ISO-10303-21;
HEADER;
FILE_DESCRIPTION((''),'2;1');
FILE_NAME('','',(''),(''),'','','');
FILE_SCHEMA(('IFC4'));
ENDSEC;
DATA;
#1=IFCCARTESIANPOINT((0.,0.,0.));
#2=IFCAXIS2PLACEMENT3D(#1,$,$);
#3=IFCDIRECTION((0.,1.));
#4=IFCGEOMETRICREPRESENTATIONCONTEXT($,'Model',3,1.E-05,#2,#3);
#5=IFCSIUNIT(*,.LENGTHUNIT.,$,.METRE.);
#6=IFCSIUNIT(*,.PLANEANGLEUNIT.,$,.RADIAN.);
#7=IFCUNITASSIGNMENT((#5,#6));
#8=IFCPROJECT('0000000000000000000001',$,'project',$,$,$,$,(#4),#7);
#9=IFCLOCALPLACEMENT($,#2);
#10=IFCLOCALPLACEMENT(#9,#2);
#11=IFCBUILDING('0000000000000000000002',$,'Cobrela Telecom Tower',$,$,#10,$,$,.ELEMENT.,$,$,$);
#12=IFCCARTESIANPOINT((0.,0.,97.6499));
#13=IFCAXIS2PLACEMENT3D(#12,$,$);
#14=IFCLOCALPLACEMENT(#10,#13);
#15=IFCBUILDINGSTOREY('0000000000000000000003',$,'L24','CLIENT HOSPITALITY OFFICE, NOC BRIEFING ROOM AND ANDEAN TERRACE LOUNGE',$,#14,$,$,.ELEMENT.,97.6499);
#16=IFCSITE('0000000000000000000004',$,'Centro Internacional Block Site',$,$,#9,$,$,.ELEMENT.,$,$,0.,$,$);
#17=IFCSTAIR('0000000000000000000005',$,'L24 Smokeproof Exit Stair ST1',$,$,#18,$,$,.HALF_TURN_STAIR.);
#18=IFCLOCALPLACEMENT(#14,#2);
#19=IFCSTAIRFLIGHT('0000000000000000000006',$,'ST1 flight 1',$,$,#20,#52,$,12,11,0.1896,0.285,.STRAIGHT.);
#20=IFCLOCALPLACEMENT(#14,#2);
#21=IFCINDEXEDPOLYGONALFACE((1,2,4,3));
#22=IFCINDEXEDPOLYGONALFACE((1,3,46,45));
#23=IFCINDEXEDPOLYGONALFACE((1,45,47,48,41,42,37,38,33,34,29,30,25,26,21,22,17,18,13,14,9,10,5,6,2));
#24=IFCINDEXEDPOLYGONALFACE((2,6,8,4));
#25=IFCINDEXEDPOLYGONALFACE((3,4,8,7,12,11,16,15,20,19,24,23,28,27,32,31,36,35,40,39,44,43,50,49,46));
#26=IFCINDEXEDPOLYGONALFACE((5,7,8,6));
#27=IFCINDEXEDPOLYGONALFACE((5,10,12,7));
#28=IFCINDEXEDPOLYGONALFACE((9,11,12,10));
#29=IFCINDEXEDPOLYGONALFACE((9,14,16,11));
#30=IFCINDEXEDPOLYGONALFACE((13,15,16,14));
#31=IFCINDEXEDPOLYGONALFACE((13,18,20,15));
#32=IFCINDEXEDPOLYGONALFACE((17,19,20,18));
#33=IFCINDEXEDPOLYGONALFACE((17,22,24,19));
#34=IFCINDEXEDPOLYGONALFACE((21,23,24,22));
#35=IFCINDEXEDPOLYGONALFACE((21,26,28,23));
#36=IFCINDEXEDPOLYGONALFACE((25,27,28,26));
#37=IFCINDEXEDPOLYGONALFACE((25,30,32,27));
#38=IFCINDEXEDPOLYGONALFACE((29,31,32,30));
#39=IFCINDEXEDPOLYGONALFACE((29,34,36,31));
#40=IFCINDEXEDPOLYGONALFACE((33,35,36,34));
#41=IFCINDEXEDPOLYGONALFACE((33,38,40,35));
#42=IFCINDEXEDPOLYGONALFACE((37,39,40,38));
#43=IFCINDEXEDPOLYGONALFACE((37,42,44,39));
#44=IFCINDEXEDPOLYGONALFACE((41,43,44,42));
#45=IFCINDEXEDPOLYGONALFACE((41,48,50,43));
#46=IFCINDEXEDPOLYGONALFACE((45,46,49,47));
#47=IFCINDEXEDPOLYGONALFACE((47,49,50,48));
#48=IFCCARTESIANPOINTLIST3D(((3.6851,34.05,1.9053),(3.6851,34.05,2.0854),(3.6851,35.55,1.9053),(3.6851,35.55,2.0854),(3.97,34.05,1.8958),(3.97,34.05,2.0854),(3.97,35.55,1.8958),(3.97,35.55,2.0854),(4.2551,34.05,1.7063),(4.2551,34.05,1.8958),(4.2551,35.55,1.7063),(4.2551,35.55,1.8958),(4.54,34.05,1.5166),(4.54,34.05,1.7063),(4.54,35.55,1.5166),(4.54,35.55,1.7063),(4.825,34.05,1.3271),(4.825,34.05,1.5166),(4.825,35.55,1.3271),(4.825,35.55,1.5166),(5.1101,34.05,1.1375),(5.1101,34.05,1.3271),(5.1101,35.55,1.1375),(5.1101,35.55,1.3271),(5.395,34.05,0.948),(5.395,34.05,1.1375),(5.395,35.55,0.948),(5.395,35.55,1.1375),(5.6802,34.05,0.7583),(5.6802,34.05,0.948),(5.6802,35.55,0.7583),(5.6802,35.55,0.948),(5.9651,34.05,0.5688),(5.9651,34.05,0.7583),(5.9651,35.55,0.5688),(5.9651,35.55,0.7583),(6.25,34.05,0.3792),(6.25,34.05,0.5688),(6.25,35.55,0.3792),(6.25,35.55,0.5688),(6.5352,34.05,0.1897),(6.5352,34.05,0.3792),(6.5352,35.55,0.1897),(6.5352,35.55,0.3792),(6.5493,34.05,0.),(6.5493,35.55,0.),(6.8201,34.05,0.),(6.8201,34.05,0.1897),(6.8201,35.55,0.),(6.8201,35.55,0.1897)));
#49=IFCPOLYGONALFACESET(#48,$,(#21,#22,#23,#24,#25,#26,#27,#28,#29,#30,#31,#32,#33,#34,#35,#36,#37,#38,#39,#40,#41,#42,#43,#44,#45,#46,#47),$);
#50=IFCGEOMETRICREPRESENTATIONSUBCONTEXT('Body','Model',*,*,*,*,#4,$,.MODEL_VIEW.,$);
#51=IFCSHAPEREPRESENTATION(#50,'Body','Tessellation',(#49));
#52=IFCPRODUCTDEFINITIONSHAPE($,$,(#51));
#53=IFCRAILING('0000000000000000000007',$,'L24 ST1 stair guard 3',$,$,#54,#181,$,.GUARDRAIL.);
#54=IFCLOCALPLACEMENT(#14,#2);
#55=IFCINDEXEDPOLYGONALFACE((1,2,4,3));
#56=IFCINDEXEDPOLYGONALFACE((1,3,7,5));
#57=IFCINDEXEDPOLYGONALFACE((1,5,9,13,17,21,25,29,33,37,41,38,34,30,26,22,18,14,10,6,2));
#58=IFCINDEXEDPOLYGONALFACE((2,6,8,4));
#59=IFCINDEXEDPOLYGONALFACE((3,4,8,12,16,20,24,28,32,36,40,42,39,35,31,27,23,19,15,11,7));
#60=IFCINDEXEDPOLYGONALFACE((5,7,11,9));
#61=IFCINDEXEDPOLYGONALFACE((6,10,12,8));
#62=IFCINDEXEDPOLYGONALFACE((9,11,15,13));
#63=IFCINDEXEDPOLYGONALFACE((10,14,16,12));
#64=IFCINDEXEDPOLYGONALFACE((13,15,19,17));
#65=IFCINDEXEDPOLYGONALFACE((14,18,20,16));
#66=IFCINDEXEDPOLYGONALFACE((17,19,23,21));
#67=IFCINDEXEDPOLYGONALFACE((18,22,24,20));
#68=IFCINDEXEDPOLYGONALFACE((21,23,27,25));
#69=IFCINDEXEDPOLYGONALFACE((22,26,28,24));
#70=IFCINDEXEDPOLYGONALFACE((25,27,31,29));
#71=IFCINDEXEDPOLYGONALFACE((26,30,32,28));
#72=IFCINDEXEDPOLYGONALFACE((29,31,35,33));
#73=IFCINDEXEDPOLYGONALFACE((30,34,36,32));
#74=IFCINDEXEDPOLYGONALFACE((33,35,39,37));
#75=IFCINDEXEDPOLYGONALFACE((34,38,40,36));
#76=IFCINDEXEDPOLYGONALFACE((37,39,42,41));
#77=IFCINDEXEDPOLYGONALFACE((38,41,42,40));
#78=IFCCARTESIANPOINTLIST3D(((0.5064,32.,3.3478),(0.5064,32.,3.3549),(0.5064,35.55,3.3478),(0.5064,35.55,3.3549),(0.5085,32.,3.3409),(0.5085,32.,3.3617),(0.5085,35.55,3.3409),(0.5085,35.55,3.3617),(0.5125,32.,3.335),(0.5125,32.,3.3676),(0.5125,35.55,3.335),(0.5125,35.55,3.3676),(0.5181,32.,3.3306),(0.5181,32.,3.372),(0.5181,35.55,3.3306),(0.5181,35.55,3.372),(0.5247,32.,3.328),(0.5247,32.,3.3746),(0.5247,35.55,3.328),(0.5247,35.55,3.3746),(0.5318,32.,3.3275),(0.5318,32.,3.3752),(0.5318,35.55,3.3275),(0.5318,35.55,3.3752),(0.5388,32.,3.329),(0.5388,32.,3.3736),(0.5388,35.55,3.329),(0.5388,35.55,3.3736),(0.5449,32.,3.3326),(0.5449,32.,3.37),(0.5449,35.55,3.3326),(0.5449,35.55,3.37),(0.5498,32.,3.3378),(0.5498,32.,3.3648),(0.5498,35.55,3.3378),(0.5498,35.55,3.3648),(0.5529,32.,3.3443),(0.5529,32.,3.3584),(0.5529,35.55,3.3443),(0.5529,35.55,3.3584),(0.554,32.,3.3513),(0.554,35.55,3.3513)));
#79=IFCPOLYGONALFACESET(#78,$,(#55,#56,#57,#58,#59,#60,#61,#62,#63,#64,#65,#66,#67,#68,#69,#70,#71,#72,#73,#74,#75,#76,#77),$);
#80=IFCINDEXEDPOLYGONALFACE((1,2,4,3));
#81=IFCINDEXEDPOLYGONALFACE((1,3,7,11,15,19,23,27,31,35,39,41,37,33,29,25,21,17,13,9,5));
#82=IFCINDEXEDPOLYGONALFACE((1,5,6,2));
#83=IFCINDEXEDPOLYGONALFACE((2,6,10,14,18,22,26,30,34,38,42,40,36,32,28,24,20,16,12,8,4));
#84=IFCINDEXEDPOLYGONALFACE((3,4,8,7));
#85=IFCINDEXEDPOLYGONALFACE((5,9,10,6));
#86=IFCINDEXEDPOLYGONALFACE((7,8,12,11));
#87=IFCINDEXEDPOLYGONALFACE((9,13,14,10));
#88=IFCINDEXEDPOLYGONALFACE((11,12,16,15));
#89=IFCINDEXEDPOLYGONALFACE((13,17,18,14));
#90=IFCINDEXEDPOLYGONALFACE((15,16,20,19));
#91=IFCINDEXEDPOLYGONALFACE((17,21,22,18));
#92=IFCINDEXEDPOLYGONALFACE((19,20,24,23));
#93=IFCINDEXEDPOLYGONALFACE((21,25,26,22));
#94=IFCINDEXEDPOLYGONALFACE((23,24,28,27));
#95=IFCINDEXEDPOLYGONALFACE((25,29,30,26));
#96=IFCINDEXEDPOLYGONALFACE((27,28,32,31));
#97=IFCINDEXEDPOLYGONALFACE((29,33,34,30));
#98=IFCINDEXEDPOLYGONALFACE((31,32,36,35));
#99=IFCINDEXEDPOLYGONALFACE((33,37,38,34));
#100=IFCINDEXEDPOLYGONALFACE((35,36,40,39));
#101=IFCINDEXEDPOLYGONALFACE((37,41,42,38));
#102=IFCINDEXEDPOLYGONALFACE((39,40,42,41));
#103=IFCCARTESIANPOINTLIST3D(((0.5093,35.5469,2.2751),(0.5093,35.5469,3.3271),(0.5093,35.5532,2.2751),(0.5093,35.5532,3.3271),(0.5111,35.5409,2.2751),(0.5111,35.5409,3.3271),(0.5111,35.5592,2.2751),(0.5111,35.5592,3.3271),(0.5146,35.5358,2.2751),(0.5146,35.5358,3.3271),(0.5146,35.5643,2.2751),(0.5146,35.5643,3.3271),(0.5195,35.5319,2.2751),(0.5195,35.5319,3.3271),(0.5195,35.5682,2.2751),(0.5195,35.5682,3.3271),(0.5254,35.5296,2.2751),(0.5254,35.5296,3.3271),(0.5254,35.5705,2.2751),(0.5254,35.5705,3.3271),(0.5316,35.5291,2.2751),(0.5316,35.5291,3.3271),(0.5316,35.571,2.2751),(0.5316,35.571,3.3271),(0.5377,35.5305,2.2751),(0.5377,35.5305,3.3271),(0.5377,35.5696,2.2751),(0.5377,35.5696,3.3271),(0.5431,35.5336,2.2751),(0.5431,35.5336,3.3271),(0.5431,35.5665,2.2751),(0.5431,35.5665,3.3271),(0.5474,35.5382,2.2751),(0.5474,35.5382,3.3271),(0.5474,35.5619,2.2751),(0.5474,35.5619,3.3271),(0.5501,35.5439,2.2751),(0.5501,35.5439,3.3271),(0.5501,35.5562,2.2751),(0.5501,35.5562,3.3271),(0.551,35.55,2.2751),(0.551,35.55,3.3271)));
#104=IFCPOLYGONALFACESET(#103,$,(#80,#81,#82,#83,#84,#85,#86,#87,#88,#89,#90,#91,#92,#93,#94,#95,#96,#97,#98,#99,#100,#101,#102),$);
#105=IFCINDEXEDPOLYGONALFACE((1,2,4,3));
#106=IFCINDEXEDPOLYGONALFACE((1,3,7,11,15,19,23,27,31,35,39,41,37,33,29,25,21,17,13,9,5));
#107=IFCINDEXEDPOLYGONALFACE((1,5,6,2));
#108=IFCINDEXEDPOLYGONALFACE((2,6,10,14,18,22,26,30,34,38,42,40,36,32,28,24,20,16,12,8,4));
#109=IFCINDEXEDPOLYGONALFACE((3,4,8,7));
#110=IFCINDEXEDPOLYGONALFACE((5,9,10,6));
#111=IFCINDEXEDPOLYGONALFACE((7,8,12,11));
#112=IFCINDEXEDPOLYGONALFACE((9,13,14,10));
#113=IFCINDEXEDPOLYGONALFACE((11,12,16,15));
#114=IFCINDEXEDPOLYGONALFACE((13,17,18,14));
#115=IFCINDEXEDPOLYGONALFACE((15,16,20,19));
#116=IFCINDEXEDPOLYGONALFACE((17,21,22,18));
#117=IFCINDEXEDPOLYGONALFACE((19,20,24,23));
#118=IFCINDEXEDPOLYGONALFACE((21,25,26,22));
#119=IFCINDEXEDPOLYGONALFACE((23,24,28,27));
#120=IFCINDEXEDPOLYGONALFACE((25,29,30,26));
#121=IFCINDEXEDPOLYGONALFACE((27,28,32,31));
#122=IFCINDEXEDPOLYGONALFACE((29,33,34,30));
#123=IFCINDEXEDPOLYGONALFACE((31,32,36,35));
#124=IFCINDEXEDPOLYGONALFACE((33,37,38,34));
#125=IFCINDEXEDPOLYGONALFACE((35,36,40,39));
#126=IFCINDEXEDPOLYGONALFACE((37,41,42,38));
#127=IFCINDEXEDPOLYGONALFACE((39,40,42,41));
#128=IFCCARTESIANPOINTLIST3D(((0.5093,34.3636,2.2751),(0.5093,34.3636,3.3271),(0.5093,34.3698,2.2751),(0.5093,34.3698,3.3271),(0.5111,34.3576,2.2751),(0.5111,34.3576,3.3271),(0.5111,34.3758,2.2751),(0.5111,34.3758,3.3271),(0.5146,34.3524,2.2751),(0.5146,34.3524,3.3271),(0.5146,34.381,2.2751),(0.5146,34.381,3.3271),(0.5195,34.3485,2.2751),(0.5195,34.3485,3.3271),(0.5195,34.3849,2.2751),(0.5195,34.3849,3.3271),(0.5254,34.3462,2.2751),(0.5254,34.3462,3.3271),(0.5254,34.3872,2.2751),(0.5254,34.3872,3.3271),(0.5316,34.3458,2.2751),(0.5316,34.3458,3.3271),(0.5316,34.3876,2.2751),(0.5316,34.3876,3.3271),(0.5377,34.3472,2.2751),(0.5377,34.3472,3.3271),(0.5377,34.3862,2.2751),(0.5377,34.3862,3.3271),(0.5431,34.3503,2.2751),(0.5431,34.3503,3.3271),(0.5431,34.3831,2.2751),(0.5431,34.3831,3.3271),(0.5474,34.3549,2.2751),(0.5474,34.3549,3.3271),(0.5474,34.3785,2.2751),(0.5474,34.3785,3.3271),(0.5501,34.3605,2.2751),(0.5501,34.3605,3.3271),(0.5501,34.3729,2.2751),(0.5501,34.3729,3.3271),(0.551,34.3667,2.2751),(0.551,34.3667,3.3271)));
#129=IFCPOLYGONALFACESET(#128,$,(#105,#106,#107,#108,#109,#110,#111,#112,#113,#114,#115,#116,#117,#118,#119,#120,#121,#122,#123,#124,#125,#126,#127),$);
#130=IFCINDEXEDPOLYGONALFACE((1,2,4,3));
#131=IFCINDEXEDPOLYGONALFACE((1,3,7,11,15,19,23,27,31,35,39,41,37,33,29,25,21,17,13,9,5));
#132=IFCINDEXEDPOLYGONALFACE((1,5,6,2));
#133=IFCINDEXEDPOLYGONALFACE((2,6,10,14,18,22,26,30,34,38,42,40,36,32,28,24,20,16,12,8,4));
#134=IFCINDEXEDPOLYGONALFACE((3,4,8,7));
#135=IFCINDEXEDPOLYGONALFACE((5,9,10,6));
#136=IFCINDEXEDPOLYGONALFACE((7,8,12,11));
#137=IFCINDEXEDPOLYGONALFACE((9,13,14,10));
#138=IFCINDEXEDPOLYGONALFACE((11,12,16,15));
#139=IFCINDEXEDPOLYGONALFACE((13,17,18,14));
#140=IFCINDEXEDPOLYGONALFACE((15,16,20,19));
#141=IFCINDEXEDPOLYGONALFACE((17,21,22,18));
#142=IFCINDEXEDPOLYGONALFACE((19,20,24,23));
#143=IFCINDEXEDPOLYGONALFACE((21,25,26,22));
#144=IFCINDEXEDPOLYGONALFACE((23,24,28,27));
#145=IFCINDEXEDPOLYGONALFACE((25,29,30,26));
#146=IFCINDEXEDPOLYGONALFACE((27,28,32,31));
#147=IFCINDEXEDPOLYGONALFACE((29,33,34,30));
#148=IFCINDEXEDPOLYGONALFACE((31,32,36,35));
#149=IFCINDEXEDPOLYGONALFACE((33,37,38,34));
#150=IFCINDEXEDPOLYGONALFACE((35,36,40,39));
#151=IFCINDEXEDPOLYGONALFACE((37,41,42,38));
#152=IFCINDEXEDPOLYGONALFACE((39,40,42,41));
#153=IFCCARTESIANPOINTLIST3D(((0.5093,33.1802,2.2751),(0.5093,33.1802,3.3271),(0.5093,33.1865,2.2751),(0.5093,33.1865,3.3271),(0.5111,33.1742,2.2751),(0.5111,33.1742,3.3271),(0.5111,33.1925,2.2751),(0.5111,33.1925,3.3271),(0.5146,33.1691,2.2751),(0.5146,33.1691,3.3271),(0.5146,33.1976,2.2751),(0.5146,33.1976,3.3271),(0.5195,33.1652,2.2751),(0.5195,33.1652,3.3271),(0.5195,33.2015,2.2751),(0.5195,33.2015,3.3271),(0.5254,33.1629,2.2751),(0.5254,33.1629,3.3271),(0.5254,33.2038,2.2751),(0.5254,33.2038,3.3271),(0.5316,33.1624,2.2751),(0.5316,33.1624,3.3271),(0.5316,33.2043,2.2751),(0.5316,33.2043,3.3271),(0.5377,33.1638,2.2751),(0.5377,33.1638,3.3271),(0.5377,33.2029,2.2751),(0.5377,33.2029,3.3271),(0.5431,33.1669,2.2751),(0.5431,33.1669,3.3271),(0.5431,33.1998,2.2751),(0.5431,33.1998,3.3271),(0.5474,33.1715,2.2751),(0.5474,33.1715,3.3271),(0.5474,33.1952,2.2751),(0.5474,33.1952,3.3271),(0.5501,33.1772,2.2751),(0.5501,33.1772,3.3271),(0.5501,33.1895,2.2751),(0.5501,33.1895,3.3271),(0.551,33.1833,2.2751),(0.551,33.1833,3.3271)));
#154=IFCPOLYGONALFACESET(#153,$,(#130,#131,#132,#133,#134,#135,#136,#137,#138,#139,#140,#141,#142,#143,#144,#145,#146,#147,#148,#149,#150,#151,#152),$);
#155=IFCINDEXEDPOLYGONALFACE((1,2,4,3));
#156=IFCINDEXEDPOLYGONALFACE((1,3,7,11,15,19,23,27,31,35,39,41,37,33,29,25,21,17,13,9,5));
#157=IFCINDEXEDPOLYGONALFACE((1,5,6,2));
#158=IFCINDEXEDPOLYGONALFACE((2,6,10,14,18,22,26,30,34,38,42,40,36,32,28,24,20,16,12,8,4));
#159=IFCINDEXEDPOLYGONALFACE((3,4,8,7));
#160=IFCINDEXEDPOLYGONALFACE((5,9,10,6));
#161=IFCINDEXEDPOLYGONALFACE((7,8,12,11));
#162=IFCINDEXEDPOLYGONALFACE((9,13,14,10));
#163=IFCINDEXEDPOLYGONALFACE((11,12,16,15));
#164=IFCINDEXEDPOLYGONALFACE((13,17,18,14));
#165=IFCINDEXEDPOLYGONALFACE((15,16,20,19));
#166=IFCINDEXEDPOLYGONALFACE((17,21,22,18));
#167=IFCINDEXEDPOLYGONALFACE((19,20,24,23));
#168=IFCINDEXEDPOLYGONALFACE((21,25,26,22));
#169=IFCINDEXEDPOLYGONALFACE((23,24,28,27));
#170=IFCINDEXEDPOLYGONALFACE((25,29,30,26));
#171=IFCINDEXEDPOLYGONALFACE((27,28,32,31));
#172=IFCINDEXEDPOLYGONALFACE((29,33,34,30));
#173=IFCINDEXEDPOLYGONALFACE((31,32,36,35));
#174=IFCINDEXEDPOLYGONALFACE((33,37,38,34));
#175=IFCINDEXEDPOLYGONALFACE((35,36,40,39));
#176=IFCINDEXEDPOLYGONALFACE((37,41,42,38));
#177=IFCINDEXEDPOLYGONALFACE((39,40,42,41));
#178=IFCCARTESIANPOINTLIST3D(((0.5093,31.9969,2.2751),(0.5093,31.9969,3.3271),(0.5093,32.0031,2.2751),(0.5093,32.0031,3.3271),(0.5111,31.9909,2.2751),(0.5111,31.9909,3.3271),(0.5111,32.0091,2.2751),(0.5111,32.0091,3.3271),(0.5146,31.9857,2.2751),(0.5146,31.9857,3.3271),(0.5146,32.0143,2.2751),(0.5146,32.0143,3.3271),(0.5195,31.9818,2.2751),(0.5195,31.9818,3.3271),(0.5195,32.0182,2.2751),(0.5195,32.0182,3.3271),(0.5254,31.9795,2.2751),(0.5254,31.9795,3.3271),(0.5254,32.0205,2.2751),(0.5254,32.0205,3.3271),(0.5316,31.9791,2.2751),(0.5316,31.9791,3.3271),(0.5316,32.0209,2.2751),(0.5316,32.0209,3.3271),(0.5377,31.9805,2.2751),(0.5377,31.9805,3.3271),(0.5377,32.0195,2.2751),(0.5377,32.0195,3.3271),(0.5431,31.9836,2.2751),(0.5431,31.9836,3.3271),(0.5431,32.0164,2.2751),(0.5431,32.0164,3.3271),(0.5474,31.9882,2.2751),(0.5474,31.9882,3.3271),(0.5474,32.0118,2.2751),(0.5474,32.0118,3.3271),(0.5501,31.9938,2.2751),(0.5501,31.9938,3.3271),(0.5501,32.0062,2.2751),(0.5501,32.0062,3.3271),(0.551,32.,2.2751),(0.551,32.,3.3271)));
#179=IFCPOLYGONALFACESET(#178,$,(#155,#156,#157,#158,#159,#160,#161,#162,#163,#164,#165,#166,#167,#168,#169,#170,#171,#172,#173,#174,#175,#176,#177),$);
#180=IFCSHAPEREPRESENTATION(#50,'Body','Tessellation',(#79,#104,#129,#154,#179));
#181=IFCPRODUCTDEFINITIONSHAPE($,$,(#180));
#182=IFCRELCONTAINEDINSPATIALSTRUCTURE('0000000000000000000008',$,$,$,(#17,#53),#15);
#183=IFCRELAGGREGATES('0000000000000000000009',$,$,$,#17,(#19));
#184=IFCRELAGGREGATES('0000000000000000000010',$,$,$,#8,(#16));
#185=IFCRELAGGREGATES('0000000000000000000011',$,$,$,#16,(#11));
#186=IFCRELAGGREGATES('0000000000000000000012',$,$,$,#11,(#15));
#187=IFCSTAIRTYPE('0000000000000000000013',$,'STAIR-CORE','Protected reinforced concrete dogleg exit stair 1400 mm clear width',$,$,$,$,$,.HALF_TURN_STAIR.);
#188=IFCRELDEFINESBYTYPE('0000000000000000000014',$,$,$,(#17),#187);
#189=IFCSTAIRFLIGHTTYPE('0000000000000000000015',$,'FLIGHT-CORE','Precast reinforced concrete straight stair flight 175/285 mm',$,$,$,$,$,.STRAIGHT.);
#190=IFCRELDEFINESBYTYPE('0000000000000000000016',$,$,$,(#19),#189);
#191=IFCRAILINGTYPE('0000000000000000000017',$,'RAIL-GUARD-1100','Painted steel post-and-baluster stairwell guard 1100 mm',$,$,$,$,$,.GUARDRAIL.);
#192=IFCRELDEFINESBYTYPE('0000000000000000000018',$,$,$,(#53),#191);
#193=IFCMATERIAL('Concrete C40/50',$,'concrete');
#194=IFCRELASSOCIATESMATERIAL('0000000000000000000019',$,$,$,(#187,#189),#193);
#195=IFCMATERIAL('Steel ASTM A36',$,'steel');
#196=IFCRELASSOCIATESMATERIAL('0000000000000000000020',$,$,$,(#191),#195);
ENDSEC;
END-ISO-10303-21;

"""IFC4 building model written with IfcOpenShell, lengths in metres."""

from ifc_helpers import new_model, si_unit, direction, frame, origin, origin_2d, place, context, subcontext, project, spatial, polyline, circle, outline, extrude, material, type_object, element, aggregate, save


model = new_model("IFC4")

# Units and contexts
model_context = context("Model", 3, precision=1e-05, world=origin(), true_north=direction((0.0, 1.0)))
body_context = subcontext(model_context, "Body", "Model", "MODEL_VIEW")
ifc_project = project(units=[si_unit("LENGTHUNIT", "METRE"), si_unit("PLANEANGLEUNIT", "RADIAN")], contexts=[model_context])

# Site, building, storey
site_placement = place(None, origin())
site = spatial("IfcSite", under=ifc_project, at=site_placement, Name="Centro Internacional Block Site", CompositionType="ELEMENT", RefElevation=0.0)
building_placement = place(site_placement, origin())
building = spatial("IfcBuilding", under=site, at=building_placement, Name="Cobrela Telecom Tower", CompositionType="ELEMENT")
storey_placement = place(building_placement, frame((0.0, 0.0, 97.6499)))
storey = spatial("IfcBuildingStorey", under=building, at=storey_placement, Name="L24", Description="CLIENT HOSPITALITY OFFICE, NOC BRIEFING ROOM AND ANDEAN TERRACE LOUNGE", CompositionType="ELEMENT", Elevation=97.6499)

# Shared definitions
ifc_material_1 = material(Name="Concrete C40/50", Category="concrete")

# Stair, stair flight
stair_type = type_object("IfcStairType", Name="STAIR-CORE", Description="Protected reinforced concrete dogleg exit stair 1400 mm clear width", PredefinedType="HALF_TURN_STAIR", material=ifc_material_1)
stair_placement = place(storey_placement, origin())
stair = element("IfcStair", 1, at=stair_placement, inside=storey, type_object=stair_type, Name="L24 Smokeproof Exit Stair ST1", PredefinedType="HALF_TURN_STAIR")
stair_flight_type = type_object("IfcStairFlightType", Name="FLIGHT-CORE", Description="Precast reinforced concrete straight stair flight 175/285 mm", PredefinedType="STRAIGHT", material=ifc_material_1)
stair_flight_placement = place(storey_placement, frame((6.8201, 34.8, 0.0), z_axis=(0.0, 0.0, 1.0), x_axis=(-1.0, 0.0, 0.0)))
stair_flight = element("IfcStairFlight", 2, at=stair_flight_placement, type_object=stair_flight_type, Name="ST1 flight 1", NumberOfRisers=12, NumberOfTreads=11, PredefinedType="STRAIGHT", RiserHeight=0.1896, TreadLength=0.285, context=body_context, shape_type="SweptSolid", body=[
    extrude(outline(polyline([(0.0, 0.0), (0.0, 0.1897), (0.2849, 0.1897), (0.2849, 0.3792), (0.5701, 0.3792), (0.5701, 0.5688), (0.855, 0.5688), (0.855, 0.7583), (1.1399, 0.7583), (1.1399, 0.948), (1.425, 0.948), (1.425, 1.1375), (1.71, 1.1375), (1.71, 1.3271), (1.9951, 1.3271), (1.9951, 1.5166), (2.28, 1.5166), (2.28, 1.7063), (2.5649, 1.7063), (2.5649, 1.8958), (2.8501, 1.8958), (2.8501, 2.0854), (3.135, 2.0854), (3.135, 2.2749), (3.135, 1.9053), (0.2708, 0.0), (0.0, 0.0)])), frame((0.0, 0.75, 0.0), z_axis=(0.0, -1.0, 0.0), x_axis=(1.0, 0.0, 0.0)), (0.0, 0.0, 1.0), 1.5),
])
aggregate(stair, [stair_flight])

# Railing
ifc_material_2 = material(Name="Steel ASTM A36", Category="steel")
railing_type_1 = type_object("IfcRailingType", Name="RAIL-GUARD-1100", Description="Painted steel post-and-baluster stairwell guard 1100 mm", PredefinedType="GUARDRAIL", material=ifc_material_2)
railing_1_placement = place(storey_placement, frame((0.53, 35.55, 2.2751)))
element("IfcRailing", 3, at=railing_1_placement, inside=storey, type_object=railing_type_1, Name="L24 ST1 stair guard 3", PredefinedType="GUARDRAIL", context=body_context, shape_type="SweptSolid", body=[
    extrude(circle(Radius=0.0239, at=origin_2d()), frame((0.0, 0.0, 1.0762), z_axis=(0.0, -1.0, 0.0), x_axis=(1.0, 0.0, 0.0)), (0.0, 0.0, 1.0), 3.55),
    extrude(circle(Radius=0.021, at=origin_2d()), origin(), (0.0, 0.0, 1.0), 1.052),
    extrude(circle(Radius=0.021, at=origin_2d()), frame((0.0, -1.1833, 0.0)), (0.0, 0.0, 1.0), 1.052),
    extrude(circle(Radius=0.021, at=origin_2d()), frame((0.0, -2.3667, 0.0)), (0.0, 0.0, 1.0), 1.052),
    extrude(circle(Radius=0.021, at=origin_2d()), frame((0.0, -3.55, 0.0)), (0.0, 0.0, 1.0), 1.052),
])

save(model, "model.ifc")
